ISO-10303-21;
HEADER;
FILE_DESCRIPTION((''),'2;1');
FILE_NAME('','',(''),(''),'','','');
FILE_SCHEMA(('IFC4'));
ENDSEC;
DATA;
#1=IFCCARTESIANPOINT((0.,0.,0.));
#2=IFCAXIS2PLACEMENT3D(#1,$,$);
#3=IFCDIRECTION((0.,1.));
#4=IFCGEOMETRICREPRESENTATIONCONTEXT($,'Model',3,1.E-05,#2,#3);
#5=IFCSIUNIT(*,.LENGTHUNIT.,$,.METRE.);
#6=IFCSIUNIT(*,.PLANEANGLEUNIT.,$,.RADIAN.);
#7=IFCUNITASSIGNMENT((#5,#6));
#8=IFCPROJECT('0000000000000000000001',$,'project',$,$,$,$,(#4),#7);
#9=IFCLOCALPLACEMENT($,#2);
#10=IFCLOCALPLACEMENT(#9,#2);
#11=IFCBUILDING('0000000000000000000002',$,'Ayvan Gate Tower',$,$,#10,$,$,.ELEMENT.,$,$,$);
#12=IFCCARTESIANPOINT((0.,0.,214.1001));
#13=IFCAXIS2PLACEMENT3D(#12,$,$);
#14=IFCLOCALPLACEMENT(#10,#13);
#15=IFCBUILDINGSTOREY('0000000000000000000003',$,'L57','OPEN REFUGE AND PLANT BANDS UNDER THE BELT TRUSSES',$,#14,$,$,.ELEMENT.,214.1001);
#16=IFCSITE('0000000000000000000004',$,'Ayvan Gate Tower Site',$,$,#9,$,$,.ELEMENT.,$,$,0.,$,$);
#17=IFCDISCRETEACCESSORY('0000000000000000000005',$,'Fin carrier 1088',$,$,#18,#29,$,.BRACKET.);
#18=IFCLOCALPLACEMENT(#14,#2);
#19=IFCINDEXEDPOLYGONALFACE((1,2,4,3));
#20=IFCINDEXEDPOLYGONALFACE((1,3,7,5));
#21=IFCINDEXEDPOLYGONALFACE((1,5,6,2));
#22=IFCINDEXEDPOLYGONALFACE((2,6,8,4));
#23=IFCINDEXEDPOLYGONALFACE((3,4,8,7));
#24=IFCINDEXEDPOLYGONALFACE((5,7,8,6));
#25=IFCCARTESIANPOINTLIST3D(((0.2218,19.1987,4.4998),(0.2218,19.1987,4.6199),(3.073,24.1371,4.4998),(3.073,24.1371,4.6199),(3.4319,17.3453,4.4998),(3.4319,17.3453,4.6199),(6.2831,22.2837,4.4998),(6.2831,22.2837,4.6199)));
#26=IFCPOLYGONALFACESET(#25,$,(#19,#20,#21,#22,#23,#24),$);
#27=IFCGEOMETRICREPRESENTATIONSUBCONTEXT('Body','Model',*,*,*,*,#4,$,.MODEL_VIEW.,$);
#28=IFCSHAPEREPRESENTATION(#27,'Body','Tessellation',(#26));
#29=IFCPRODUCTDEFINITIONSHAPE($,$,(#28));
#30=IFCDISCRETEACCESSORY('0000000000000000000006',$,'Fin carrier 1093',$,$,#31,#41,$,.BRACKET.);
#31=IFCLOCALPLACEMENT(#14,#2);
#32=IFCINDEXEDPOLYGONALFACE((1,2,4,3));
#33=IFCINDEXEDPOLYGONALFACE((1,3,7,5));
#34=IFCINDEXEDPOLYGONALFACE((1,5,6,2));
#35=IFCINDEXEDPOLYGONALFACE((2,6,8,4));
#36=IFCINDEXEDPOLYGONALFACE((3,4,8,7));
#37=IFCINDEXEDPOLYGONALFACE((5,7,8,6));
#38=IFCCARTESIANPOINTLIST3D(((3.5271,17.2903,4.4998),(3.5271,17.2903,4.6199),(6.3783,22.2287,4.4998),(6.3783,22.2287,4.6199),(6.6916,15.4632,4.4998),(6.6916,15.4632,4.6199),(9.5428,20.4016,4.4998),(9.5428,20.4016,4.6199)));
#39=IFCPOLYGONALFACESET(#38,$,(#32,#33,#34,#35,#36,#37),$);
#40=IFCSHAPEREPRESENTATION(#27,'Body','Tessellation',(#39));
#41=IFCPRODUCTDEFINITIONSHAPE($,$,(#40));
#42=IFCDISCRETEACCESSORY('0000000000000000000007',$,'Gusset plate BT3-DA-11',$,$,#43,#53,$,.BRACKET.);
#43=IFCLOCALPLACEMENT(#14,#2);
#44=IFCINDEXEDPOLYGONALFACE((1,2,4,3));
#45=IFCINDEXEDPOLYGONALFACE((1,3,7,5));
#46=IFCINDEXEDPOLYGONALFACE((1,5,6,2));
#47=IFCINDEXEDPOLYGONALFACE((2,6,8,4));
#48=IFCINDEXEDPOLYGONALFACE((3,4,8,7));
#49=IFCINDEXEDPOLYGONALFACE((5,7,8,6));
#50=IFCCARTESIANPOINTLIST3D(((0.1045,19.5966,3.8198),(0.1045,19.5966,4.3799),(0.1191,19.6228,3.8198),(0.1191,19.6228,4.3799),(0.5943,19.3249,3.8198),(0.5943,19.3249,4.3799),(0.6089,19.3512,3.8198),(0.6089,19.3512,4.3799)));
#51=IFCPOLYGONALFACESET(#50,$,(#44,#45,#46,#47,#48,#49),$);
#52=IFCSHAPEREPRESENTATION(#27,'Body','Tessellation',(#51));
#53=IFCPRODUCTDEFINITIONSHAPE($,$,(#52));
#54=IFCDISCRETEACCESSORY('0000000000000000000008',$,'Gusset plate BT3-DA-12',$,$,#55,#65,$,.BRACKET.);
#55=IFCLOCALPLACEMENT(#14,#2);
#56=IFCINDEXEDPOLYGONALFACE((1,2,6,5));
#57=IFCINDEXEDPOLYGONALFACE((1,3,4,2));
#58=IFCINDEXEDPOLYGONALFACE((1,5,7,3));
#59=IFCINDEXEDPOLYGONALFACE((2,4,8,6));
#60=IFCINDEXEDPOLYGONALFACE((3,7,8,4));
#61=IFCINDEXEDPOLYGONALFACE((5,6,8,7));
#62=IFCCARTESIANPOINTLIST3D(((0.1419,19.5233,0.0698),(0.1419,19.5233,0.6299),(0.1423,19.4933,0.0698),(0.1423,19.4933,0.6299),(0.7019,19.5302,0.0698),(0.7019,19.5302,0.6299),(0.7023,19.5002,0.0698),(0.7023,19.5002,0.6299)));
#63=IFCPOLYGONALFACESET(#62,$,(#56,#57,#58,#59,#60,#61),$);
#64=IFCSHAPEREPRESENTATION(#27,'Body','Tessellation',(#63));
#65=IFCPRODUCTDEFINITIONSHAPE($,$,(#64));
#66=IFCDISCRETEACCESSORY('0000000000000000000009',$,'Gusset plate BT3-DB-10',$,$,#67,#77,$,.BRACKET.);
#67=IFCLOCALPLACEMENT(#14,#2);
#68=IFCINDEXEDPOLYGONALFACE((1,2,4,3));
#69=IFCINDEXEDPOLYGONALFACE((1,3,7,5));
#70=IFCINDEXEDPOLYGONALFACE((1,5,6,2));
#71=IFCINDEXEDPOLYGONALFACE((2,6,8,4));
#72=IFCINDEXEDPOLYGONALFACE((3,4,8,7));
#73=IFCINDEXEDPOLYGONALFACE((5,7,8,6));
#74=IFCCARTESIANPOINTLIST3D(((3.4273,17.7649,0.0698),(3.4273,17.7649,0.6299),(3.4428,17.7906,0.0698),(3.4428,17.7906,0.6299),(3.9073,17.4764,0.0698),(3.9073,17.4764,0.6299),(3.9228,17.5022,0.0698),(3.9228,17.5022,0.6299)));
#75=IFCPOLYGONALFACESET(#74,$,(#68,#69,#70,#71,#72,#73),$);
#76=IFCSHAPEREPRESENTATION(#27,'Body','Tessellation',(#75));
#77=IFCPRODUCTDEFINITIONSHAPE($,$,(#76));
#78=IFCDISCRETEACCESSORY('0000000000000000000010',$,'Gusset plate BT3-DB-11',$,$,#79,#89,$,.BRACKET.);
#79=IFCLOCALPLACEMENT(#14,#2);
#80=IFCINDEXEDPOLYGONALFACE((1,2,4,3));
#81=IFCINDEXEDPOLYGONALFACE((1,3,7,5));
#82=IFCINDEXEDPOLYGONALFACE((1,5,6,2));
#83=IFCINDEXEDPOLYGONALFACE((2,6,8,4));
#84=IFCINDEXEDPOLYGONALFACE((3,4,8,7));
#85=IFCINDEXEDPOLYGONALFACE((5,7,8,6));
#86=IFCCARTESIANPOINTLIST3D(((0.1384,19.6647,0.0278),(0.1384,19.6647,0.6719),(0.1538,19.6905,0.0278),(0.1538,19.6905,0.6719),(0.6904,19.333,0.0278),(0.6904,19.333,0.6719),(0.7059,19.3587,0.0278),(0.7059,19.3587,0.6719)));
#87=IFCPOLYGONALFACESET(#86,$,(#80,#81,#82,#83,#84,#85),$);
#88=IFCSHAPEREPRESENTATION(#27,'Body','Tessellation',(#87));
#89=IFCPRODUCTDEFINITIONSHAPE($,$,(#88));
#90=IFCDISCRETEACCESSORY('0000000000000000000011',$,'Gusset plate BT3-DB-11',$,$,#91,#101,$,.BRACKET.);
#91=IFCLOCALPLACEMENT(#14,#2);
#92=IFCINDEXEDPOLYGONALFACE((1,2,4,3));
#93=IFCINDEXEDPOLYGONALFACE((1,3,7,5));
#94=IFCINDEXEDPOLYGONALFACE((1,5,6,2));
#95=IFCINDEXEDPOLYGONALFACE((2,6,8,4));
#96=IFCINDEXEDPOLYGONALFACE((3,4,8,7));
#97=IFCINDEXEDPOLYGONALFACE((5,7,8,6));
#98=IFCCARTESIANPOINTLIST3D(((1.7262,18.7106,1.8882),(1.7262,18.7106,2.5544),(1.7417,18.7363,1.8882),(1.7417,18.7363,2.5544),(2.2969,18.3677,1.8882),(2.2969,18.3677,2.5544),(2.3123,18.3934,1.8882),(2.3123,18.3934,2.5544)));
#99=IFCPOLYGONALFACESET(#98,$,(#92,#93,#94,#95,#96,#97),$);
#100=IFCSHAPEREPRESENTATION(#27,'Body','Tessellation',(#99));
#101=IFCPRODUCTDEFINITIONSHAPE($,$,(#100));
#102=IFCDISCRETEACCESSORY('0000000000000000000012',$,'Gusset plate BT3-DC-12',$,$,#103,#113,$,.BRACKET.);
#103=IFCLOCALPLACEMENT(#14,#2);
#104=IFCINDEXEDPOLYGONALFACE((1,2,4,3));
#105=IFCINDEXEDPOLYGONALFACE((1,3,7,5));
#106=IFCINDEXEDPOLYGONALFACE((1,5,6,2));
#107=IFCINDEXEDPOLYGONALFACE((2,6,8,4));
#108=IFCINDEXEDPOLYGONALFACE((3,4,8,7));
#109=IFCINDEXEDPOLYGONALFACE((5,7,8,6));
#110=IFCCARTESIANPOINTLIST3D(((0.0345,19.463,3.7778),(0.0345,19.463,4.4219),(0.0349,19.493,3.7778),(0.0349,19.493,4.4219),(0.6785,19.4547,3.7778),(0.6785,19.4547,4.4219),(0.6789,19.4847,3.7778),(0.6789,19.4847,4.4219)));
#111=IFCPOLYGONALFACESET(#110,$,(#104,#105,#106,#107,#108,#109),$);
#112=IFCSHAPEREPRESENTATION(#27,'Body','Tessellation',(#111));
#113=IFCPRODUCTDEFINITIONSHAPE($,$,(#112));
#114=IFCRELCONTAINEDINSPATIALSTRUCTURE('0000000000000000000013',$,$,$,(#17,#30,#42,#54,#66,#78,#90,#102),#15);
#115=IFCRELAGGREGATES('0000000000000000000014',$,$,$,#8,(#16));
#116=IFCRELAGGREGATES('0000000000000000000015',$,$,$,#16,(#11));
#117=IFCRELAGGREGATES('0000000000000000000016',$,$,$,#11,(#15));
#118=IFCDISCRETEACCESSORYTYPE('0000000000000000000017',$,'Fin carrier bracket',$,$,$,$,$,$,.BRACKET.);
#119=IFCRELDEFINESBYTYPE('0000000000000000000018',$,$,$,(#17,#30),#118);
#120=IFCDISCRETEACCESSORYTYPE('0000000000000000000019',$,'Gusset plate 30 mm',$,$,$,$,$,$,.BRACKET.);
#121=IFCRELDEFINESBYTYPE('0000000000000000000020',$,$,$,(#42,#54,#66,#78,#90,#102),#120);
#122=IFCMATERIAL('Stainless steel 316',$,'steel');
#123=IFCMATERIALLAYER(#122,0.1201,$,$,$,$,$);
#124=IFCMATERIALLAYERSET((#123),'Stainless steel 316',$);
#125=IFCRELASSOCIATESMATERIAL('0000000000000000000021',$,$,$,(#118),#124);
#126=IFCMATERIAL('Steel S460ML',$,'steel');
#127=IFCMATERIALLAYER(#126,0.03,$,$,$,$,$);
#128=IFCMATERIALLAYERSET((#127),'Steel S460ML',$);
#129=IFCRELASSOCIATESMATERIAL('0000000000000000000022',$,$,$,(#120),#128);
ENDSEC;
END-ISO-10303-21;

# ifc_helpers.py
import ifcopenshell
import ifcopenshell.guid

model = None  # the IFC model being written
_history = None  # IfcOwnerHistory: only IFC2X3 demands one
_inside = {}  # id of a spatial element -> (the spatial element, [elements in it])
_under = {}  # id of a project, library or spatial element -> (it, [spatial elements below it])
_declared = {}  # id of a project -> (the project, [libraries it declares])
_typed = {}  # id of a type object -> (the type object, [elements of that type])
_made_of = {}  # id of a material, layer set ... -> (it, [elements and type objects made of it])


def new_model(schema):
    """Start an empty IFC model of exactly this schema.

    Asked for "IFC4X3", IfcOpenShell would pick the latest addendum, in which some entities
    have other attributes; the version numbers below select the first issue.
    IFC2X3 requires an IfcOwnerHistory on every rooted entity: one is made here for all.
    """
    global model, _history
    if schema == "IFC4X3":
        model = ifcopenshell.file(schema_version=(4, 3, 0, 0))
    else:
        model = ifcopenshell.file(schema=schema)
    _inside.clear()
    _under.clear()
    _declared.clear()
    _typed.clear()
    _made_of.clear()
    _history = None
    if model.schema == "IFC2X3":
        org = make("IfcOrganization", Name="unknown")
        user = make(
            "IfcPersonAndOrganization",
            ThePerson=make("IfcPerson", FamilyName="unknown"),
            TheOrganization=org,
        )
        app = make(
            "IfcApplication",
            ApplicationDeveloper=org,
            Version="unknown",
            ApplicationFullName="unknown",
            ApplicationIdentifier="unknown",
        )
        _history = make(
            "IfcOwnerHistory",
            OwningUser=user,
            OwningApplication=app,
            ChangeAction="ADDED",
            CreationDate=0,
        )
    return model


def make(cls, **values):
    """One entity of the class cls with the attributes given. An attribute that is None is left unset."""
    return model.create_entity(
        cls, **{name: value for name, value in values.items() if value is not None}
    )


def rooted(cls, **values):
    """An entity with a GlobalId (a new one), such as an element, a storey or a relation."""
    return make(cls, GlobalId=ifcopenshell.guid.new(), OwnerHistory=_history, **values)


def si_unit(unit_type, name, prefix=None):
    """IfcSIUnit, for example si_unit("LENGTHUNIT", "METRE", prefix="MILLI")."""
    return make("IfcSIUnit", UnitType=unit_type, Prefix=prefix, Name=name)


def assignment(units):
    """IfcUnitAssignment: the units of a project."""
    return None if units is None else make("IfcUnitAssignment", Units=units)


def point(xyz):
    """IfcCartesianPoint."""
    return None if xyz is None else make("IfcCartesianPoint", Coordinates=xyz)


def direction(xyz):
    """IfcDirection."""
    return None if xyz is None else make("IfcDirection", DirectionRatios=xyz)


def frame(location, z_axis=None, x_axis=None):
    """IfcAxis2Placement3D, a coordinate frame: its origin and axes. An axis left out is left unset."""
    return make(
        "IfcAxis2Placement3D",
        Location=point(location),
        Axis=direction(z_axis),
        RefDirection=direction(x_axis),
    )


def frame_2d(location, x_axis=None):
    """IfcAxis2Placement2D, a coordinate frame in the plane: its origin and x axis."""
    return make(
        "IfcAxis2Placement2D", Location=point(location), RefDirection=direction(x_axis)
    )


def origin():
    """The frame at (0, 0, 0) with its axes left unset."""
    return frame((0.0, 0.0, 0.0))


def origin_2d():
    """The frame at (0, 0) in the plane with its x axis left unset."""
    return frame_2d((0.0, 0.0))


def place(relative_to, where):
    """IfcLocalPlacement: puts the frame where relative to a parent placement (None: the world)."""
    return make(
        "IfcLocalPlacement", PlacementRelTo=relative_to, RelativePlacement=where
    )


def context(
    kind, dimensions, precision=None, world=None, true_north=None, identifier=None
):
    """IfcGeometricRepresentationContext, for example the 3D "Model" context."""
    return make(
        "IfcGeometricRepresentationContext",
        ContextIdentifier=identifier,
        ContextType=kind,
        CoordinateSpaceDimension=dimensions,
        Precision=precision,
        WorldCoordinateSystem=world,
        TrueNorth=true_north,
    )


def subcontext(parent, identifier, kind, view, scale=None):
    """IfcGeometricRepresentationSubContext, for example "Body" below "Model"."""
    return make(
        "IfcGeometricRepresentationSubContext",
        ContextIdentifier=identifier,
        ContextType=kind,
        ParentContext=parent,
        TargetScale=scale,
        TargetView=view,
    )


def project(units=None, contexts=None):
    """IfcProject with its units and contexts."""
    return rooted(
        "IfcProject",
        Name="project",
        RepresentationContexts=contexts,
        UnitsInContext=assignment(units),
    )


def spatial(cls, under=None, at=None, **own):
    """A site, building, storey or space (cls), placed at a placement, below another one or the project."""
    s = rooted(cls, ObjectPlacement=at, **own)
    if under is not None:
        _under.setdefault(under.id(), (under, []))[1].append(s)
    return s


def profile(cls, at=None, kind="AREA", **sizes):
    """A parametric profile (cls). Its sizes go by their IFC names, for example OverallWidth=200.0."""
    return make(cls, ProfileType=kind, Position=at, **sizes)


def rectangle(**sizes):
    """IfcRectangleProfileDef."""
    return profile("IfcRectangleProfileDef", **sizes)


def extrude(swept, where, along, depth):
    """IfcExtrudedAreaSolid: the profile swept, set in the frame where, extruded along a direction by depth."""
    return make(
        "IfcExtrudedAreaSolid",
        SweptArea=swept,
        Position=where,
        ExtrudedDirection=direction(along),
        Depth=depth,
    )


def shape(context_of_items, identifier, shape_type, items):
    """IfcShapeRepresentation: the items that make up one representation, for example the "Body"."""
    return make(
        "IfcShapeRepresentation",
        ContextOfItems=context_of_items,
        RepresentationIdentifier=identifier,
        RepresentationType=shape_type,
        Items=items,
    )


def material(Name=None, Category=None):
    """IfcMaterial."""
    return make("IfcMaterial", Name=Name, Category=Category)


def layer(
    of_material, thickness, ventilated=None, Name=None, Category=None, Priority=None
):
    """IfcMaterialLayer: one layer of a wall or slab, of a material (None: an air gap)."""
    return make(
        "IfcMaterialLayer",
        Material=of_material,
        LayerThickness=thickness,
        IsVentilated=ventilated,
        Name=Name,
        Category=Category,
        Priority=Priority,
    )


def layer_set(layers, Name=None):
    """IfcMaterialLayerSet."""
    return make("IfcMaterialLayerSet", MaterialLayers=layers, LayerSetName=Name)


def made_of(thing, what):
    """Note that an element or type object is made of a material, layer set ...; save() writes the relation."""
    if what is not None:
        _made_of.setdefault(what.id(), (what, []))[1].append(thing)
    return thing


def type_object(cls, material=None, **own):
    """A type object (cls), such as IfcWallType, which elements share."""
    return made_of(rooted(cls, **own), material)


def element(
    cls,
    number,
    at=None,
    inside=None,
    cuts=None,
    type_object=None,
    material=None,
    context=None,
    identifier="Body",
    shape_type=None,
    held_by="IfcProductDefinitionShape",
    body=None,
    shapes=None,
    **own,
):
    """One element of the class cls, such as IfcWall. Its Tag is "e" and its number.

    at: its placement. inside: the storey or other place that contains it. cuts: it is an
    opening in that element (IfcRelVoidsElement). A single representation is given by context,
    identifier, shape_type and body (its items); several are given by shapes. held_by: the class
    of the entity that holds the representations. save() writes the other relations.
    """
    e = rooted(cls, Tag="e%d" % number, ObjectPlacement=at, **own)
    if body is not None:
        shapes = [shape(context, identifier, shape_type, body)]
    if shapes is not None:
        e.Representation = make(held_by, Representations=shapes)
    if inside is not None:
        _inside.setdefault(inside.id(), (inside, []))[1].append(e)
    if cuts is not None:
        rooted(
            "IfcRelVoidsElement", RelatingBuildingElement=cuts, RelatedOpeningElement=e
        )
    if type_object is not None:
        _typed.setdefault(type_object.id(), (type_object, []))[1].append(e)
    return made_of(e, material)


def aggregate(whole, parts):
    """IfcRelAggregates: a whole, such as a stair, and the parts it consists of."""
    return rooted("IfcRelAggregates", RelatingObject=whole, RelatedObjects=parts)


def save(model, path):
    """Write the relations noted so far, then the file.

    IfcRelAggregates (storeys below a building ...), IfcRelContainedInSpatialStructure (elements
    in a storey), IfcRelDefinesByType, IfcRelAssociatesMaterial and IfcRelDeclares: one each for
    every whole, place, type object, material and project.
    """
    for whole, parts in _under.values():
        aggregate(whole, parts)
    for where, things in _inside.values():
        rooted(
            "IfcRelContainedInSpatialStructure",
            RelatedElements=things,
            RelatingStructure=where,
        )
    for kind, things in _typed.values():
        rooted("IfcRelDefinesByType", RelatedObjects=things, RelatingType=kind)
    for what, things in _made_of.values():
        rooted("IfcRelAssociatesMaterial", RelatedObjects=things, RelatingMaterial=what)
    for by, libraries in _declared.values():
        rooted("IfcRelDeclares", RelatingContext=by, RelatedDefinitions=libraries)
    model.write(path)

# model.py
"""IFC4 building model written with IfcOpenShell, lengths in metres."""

from ifc_helpers import new_model, si_unit, direction, frame, origin, origin_2d, place, context, subcontext, project, spatial, rectangle, extrude, material, layer, layer_set, type_object, element, save


model = new_model("IFC4")

# Units and contexts
model_context = context("Model", 3, precision=1e-05, world=origin(), true_north=direction((0.0, 1.0)))
body_context = subcontext(model_context, "Body", "Model", "MODEL_VIEW")
ifc_project = project(units=[si_unit("LENGTHUNIT", "METRE"), si_unit("PLANEANGLEUNIT", "RADIAN")], contexts=[model_context])

# Site, building, storey
site_placement = place(None, origin())
site = spatial("IfcSite", under=ifc_project, at=site_placement, Name="Ayvan Gate Tower Site", CompositionType="ELEMENT", RefElevation=0.0)
building_placement = place(site_placement, origin())
building = spatial("IfcBuilding", under=site, at=building_placement, Name="Ayvan Gate Tower", CompositionType="ELEMENT")
storey_placement = place(building_placement, frame((0.0, 0.0, 214.1001)))
storey = spatial("IfcBuildingStorey", under=building, at=storey_placement, Name="L57", Description="OPEN REFUGE AND PLANT BANDS UNDER THE BELT TRUSSES", CompositionType="ELEMENT", Elevation=214.1001)

# Shared definitions
ifc_material_1 = material(Name="Steel S460ML", Category="steel")

# Discrete accessories
ifc_material_2 = material(Name="Stainless steel 316", Category="steel")
ifc_layer_1 = layer(ifc_material_2, 0.1201)
ifc_layer_set_1 = layer_set([ifc_layer_1], Name="Stainless steel 316")
discrete_accessory_type_1 = type_object("IfcDiscreteAccessoryType", Name="Fin carrier bracket", PredefinedType="BRACKET", material=ifc_layer_set_1)
discrete_accessory_1_placement = place(storey_placement, frame((3.2524, 20.7412, 4.4998), z_axis=(0.0, 0.0, 1.0), x_axis=(-0.866025, 0.5, 0.0)))
element("IfcDiscreteAccessory", 1, at=discrete_accessory_1_placement, inside=storey, type_object=discrete_accessory_type_1, Name="Fin carrier 1088", PredefinedType="BRACKET", context=body_context, shape_type="SweptSolid", body=[
    extrude(rectangle(XDim=3.7068, YDim=5.7024, at=origin_2d()), origin(), (0.0, 0.0, 1.0), 0.1201),
])
discrete_accessory_2_placement = place(storey_placement, frame((6.5349, 18.8459, 4.4998), z_axis=(0.0, 0.0, 1.0), x_axis=(-0.866025, 0.5, 0.0)))
element("IfcDiscreteAccessory", 2, at=discrete_accessory_2_placement, inside=storey, type_object=discrete_accessory_type_1, Name="Fin carrier 1093", PredefinedType="BRACKET", context=body_context, shape_type="SweptSolid", body=[
    extrude(rectangle(XDim=3.6541, YDim=5.7024, at=origin_2d()), origin(), (0.0, 0.0, 1.0), 0.1201),
])
ifc_layer_2 = layer(ifc_material_1, 0.03)
ifc_layer_set_2 = layer_set([ifc_layer_2], Name="Steel S460ML")
discrete_accessory_type_2 = type_object("IfcDiscreteAccessoryType", Name="Gusset plate 30 mm", PredefinedType="BRACKET", material=ifc_layer_set_2)
for number, where, z_axis, x_axis, name in (
    (3, (0.3567, 19.4739, 3.8198), (0.0, 0.0, 1.0), (-0.874522, 0.484987, 0.0), "Gusset plate BT3-DA-11"),
    (4, (0.4221, 19.5117, 0.0698), (0.0, 0.0, 1.0), (0.999924, 0.012327, 0.0), "Gusset plate BT3-DA-12"),
    (5, (3.675, 17.6335, 0.0698), (0.0, 0.0, 1.0), (-0.857164, 0.515044, 0.0), "Gusset plate BT3-DB-10"),
):
    element("IfcDiscreteAccessory", number, at=place(storey_placement, frame(where, z_axis=z_axis, x_axis=x_axis)), inside=storey, type_object=discrete_accessory_type_2, Name=name, PredefinedType="BRACKET", context=body_context, shape_type="SweptSolid", body=[
        extrude(rectangle(XDim=0.5601, YDim=0.03, at=origin_2d()), origin(), (0.0, 0.0, 1.0), 0.5601),
    ])
discrete_accessory_3_placement = place(storey_placement, frame((0.4221, 19.5117, 0.0278), z_axis=(0.0, 0.0, 1.0), x_axis=(-0.857128, 0.515104, 0.0)))
element("IfcDiscreteAccessory", 6, at=discrete_accessory_3_placement, inside=storey, type_object=discrete_accessory_type_2, Name="Gusset plate BT3-DB-11", PredefinedType="BRACKET", context=body_context, shape_type="SweptSolid", body=[
    extrude(rectangle(XDim=0.644, YDim=0.03, at=origin_2d()), origin(), (0.0, 0.0, 1.0), 0.644),
])
discrete_accessory_4_placement = place(storey_placement, frame((2.0193, 18.552, 1.8882), z_axis=(0.0, 0.0, 1.0), x_axis=(-0.857128, 0.515104, 0.0)))
element("IfcDiscreteAccessory", 7, at=discrete_accessory_4_placement, inside=storey, type_object=discrete_accessory_type_2, Name="Gusset plate BT3-DB-11", PredefinedType="BRACKET", context=body_context, shape_type="SweptSolid", body=[
    extrude(rectangle(XDim=0.6658, YDim=0.03, at=origin_2d()), origin(), (0.0, 0.0, 1.0), 0.6663),
])
discrete_accessory_5_placement = place(storey_placement, frame((0.3567, 19.4739, 3.7778), z_axis=(0.0, 0.0, 1.0), x_axis=(-0.999917, 0.012877, 0.0)))
element("IfcDiscreteAccessory", 8, at=discrete_accessory_5_placement, inside=storey, type_object=discrete_accessory_type_2, Name="Gusset plate BT3-DC-12", PredefinedType="BRACKET", context=body_context, shape_type="SweptSolid", body=[
    extrude(rectangle(XDim=0.644, YDim=0.03, at=origin_2d()), origin(), (0.0, 0.0, 1.0), 0.644),
])

save(model, "model.ifc")
